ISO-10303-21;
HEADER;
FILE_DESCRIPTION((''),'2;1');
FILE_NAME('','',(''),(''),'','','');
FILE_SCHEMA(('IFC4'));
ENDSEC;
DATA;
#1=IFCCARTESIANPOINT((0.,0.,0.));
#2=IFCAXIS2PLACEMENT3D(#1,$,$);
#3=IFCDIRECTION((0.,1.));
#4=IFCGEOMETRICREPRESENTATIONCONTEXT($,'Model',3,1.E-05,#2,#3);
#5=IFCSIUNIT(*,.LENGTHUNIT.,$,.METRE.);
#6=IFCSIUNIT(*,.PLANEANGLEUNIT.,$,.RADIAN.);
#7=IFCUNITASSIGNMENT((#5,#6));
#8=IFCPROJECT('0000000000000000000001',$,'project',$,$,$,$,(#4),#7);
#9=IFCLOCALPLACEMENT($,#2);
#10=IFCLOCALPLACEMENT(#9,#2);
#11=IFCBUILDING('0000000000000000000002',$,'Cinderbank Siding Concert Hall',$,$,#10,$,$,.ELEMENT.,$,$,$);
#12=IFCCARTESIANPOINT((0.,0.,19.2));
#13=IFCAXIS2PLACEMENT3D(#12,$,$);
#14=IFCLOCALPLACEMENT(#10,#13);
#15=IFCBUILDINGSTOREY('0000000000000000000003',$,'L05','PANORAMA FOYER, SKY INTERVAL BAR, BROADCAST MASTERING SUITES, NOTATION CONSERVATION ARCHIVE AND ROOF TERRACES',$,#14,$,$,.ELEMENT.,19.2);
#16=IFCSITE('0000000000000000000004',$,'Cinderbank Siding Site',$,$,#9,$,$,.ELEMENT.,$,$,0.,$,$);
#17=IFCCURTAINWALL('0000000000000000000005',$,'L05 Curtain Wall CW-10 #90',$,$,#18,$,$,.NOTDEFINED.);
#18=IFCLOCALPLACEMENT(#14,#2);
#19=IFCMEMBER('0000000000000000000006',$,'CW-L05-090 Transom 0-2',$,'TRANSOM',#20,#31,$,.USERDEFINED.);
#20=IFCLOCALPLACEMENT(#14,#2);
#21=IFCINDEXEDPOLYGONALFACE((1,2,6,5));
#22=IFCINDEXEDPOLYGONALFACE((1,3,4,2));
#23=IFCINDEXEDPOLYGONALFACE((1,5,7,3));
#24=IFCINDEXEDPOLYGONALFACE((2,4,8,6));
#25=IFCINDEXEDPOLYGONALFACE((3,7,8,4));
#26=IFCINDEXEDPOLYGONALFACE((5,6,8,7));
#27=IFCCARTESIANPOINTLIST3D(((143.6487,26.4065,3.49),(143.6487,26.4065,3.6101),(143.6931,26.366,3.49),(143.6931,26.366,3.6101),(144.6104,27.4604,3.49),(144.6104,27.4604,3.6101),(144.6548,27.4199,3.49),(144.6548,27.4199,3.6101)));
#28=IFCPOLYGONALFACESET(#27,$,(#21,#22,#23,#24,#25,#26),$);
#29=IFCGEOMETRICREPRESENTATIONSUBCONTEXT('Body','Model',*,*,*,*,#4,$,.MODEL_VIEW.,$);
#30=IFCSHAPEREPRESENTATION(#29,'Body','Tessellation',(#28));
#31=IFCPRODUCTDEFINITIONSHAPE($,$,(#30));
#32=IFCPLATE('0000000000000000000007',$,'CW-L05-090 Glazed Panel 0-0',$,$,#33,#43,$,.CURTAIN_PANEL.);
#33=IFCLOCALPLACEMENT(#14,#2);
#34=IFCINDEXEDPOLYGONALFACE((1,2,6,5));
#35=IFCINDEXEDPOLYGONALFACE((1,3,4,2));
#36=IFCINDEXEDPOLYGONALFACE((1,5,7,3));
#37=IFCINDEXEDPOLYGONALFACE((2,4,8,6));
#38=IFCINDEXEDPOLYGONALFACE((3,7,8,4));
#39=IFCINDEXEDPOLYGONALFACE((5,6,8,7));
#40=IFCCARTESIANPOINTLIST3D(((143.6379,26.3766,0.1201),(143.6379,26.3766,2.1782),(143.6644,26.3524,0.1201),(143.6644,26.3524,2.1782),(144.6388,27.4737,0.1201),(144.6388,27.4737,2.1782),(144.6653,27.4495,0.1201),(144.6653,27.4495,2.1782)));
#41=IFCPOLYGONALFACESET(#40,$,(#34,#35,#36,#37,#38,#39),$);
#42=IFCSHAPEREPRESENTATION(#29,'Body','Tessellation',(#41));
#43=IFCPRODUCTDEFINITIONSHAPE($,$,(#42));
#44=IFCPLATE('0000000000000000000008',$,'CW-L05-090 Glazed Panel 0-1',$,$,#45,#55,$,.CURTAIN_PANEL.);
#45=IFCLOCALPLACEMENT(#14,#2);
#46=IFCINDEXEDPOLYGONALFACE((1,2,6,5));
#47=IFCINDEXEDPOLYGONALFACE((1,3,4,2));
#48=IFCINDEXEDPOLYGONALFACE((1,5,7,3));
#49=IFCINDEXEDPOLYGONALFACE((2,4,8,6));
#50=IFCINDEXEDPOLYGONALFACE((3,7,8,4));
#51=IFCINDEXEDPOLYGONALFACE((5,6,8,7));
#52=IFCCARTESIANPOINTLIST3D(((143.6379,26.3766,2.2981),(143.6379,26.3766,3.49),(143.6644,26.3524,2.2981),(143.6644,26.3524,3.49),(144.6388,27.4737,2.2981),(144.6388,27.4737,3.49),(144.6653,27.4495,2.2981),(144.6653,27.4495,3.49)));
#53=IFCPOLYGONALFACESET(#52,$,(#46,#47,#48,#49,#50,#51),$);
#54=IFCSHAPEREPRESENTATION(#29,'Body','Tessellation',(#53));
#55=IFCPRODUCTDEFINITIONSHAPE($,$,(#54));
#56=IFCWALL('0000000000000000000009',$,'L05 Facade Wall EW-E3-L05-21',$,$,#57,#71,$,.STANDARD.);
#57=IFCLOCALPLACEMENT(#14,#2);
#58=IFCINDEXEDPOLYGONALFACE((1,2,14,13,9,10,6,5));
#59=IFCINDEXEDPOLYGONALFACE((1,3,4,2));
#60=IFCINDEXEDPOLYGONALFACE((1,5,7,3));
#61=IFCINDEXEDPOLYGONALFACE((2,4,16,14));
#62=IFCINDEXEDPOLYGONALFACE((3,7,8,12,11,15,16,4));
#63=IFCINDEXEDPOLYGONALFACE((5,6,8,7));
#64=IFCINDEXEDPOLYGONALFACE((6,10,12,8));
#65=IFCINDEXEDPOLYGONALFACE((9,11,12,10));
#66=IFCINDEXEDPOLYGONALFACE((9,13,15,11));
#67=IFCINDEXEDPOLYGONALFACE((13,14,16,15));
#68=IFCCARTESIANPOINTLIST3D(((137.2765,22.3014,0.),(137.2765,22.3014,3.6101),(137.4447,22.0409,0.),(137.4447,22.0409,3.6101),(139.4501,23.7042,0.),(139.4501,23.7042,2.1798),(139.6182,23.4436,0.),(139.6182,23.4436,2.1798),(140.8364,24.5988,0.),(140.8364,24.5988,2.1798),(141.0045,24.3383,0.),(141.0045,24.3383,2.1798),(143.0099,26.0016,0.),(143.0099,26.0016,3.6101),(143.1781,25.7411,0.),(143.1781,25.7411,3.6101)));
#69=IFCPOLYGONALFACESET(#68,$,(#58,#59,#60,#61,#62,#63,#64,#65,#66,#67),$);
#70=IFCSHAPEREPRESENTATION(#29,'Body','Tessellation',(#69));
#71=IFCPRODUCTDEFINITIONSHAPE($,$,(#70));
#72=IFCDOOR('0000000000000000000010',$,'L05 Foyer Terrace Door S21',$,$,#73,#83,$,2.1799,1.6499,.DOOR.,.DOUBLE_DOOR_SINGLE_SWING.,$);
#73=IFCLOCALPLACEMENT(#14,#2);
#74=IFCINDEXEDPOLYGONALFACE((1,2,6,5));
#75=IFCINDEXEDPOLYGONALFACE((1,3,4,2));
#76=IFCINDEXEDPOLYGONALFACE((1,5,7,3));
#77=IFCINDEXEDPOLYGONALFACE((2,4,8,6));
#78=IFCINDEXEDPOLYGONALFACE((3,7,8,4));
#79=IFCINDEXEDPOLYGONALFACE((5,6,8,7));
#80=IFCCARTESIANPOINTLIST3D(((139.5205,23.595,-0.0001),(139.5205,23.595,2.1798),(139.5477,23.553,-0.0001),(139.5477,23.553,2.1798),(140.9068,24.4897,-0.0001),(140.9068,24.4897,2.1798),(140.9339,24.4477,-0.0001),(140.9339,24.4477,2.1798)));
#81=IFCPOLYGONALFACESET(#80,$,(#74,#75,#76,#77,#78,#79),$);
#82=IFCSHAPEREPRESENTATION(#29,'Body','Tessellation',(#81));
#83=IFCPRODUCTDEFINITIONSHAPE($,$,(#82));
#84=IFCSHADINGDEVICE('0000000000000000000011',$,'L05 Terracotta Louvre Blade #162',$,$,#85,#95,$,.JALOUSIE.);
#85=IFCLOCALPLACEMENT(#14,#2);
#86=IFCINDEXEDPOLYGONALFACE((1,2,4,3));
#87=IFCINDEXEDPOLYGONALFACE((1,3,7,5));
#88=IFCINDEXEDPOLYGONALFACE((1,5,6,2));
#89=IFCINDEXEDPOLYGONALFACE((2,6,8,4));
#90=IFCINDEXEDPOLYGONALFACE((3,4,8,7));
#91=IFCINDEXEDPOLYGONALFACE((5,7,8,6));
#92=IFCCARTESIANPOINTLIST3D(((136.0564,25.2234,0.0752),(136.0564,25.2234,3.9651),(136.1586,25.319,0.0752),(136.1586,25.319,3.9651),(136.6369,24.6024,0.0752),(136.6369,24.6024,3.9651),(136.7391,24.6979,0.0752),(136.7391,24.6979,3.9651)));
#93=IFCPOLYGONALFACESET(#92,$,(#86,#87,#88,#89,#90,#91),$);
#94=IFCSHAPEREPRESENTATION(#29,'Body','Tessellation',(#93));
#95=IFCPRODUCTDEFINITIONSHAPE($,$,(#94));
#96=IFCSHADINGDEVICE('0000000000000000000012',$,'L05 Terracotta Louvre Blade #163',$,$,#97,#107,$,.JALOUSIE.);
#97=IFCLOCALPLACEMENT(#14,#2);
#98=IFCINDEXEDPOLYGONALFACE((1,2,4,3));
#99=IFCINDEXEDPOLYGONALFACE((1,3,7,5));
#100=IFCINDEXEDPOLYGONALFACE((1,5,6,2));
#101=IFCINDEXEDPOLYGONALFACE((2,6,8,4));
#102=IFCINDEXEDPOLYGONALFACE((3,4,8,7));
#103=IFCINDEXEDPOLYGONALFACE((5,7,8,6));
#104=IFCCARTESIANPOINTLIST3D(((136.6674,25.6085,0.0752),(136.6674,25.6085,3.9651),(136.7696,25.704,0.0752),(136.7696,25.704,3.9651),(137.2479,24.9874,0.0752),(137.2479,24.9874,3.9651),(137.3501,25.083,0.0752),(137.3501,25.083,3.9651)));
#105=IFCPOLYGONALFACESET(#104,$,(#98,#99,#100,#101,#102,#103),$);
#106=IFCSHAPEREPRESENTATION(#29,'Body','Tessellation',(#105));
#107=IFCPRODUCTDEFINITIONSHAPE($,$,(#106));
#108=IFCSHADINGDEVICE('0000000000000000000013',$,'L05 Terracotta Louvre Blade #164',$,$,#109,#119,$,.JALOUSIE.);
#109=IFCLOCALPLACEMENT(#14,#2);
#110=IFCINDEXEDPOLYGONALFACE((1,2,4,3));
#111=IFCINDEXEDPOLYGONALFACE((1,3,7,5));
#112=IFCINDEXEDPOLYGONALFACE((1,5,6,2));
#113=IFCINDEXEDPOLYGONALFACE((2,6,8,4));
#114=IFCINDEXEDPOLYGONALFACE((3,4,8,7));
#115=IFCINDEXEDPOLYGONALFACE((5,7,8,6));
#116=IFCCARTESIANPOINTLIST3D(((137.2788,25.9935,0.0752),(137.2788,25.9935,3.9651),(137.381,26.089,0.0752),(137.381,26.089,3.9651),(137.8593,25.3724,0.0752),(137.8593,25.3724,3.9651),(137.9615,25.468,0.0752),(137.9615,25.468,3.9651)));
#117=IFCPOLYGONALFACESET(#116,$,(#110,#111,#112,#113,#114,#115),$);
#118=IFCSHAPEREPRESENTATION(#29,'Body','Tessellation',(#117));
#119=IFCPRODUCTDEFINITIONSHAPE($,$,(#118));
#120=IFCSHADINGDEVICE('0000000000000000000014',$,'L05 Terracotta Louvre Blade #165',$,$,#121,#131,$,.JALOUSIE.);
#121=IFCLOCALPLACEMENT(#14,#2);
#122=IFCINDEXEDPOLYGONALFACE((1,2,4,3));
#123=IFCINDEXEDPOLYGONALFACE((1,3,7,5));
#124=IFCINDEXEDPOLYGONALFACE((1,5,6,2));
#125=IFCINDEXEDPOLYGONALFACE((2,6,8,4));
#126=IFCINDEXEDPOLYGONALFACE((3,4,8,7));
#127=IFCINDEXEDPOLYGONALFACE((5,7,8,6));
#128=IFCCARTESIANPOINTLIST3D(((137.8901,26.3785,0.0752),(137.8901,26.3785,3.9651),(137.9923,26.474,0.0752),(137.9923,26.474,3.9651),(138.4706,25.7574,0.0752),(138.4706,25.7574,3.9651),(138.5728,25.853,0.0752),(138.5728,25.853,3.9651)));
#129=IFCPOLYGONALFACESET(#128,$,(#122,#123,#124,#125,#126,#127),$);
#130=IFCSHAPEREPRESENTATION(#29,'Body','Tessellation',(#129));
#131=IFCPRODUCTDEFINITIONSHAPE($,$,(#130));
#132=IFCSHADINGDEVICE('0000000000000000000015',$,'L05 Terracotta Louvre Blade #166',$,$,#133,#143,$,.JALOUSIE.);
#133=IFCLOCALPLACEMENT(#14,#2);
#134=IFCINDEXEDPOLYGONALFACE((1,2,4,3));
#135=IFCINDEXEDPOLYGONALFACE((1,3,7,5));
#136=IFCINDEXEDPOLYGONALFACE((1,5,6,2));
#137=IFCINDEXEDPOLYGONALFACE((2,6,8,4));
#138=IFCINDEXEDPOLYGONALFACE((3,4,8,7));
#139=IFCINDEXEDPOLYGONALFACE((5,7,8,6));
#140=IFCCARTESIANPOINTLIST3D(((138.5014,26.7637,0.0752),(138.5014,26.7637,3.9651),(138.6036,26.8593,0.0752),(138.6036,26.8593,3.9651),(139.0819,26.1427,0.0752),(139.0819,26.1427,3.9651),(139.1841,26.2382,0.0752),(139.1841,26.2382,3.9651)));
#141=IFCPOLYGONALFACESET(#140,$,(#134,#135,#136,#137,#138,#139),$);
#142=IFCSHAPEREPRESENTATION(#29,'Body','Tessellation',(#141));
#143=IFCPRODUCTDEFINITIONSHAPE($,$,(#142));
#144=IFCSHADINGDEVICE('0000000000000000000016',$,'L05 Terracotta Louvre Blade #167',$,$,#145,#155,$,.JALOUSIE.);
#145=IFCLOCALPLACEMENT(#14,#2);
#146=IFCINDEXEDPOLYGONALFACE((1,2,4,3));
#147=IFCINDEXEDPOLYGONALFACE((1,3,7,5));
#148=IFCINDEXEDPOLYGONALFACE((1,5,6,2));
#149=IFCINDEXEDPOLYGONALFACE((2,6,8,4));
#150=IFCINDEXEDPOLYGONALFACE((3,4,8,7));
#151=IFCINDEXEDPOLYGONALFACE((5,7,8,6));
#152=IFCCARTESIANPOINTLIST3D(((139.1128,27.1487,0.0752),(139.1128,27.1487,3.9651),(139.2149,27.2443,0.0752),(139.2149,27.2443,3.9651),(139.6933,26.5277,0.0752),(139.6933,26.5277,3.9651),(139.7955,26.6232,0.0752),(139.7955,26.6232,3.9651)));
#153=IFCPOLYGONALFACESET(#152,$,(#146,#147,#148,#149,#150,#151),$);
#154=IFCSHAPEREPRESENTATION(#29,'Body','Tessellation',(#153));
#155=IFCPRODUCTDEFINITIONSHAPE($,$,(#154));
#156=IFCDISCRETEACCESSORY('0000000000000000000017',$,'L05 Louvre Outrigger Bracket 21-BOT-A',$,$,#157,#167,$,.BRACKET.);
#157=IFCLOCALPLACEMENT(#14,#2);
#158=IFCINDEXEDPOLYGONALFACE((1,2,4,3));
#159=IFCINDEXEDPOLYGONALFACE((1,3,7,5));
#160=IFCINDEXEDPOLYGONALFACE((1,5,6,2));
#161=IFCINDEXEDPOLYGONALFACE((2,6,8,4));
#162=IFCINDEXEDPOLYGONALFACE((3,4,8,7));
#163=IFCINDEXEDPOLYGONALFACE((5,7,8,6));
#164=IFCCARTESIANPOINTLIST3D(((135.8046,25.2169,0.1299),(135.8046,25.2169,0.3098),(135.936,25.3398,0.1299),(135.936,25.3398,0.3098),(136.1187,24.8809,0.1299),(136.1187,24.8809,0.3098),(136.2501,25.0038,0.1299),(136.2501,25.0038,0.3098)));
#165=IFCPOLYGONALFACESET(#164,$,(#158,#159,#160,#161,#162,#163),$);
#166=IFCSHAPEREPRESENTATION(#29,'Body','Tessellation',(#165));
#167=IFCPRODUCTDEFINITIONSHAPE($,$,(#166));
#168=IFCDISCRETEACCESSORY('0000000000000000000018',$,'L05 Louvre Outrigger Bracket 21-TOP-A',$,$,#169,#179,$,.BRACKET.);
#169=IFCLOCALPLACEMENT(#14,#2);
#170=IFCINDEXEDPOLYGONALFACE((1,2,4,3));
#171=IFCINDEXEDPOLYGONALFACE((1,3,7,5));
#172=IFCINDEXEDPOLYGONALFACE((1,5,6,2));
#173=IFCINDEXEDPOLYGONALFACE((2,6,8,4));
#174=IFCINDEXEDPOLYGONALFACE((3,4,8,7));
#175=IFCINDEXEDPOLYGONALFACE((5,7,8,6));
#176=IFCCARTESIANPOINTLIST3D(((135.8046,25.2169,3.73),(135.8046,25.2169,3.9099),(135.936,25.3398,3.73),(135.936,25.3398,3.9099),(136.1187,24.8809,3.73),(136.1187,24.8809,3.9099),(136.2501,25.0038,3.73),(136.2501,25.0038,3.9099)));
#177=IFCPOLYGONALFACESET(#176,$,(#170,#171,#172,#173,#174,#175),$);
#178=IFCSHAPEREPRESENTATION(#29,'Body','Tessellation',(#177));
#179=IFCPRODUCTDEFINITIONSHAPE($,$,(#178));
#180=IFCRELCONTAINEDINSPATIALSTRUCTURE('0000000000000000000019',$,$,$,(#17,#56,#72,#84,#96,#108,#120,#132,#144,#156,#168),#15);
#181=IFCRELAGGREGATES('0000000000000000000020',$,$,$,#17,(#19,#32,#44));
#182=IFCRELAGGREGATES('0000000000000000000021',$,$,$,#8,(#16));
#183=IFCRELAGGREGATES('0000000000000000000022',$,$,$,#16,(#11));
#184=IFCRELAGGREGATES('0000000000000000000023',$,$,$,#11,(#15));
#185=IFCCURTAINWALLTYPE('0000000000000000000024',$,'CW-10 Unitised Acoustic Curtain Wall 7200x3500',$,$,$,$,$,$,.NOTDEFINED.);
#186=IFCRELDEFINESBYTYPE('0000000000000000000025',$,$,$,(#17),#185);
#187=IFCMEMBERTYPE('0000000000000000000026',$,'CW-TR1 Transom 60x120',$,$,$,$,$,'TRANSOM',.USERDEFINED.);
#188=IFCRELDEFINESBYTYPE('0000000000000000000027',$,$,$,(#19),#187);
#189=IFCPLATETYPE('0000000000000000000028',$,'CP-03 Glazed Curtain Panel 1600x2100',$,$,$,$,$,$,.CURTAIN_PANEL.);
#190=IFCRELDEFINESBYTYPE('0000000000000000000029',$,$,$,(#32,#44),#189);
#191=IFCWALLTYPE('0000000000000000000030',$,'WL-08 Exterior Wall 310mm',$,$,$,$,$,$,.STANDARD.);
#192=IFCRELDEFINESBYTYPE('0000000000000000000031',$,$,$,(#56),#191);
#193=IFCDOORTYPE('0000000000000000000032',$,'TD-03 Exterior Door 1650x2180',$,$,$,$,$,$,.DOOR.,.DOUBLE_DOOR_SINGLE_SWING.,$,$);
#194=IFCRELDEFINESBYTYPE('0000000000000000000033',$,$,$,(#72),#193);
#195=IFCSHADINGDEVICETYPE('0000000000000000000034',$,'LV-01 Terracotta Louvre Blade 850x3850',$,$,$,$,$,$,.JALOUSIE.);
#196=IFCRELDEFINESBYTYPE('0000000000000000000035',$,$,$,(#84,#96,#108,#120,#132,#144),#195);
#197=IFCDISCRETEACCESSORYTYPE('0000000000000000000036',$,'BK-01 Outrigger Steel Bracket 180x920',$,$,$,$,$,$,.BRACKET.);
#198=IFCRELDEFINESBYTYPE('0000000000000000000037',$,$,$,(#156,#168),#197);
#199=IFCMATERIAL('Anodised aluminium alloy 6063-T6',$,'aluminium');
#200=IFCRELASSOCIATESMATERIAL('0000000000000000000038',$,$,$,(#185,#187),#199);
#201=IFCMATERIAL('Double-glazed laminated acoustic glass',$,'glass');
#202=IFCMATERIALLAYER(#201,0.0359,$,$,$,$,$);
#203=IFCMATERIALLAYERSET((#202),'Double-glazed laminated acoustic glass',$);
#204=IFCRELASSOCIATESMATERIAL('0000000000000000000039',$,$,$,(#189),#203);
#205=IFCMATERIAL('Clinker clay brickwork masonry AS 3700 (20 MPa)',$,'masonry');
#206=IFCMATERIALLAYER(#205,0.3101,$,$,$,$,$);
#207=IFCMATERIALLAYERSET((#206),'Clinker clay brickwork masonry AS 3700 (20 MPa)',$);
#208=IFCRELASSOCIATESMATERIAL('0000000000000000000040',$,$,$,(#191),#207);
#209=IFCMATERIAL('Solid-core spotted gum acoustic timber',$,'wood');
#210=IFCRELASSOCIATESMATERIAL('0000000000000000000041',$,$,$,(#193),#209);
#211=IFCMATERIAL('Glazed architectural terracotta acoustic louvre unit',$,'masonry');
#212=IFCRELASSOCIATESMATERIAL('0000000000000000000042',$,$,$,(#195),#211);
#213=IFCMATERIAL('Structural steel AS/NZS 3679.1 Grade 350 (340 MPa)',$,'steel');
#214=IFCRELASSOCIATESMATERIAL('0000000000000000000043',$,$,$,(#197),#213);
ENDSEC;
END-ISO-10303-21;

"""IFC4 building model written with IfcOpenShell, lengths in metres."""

from ifc_helpers import new_model, si_unit, direction, frame, frame_2d, origin, origin_2d, place, context, subcontext, project, spatial, rectangle, extrude, material, layer, layer_set, material_profile, profile_set, type_object, element, fill, aggregate, save


model = new_model("IFC4")

# Units and contexts
model_context = context("Model", 3, precision=1e-05, world=origin(), true_north=direction((0.0, 1.0)))
body_context = subcontext(model_context, "Body", "Model", "MODEL_VIEW")
ifc_project = project(units=[si_unit("LENGTHUNIT", "METRE"), si_unit("PLANEANGLEUNIT", "RADIAN")], contexts=[model_context])

# Site, building, storey
site_placement = place(None, origin())
site = spatial("IfcSite", under=ifc_project, at=site_placement, Name="Cinderbank Siding Site", CompositionType="ELEMENT", RefElevation=0.0)
building_placement = place(site_placement, origin())
building = spatial("IfcBuilding", under=site, at=building_placement, Name="Cinderbank Siding Concert Hall", CompositionType="ELEMENT")
storey_placement = place(building_placement, frame((0.0, 0.0, 19.2)))
storey = spatial("IfcBuildingStorey", under=building, at=storey_placement, Name="L05", Description="PANORAMA FOYER, SKY INTERVAL BAR, BROADCAST MASTERING SUITES, NOTATION CONSERVATION ARCHIVE AND ROOF TERRACES", CompositionType="ELEMENT", Elevation=19.2)

# Shared definitions
ifc_material_1 = material(Name="Structural steel AS/NZS 3679.1 Grade 350 (340 MPa)", Category="steel")

# Curtain wall
ifc_material_2 = material(Name="Anodised aluminium alloy 6063-T6", Category="aluminium")
curtain_wall_type_1 = type_object("IfcCurtainWallType", Name="CW-10 Unitised Acoustic Curtain Wall 7200x3500", PredefinedType="NOTDEFINED", material=ifc_material_2)
curtain_wall_1_placement = place(storey_placement, origin())
curtain_wall_1 = element("IfcCurtainWall", 1, at=curtain_wall_1_placement, inside=storey, type_object=curtain_wall_type_1, Name="L05 Curtain Wall CW-10 #90", PredefinedType="NOTDEFINED")

# Member
ifc_material_profile_1 = material_profile(ifc_material_2, rectangle(XDim=0.0601, YDim=0.1201, at=origin_2d()), Name="ALU-TRAN-60x120", Category="LoadBearing")
ifc_profile_set_1 = profile_set([ifc_material_profile_1], Name="Anodised aluminium alloy 6063-T6")
member_type_1 = type_object("IfcMemberType", Name="CW-TR1 Transom 60x120", ElementType="TRANSOM", PredefinedType="USERDEFINED", material=ifc_profile_set_1)
member_1_placement = place(storey_placement, frame((143.6709, 26.3862, 3.55), z_axis=(0.674026, 0.738708, 0.0), x_axis=(-0.738708, 0.674026, 0.0)))
member_1 = element("IfcMember", 2, at=member_1_placement, type_object=member_type_1, Name="CW-L05-090 Transom 0-2", ObjectType="TRANSOM", PredefinedType="USERDEFINED", context=body_context, shape_type="SweptSolid", body=[
    extrude(rectangle(XDim=0.0601, YDim=0.1201, at=origin_2d()), origin(), (0.0, 0.0, 1.0), 1.4268),
])

# Plates
ifc_material_3 = material(Name="Double-glazed laminated acoustic glass", Category="glass")
ifc_layer_1 = layer(ifc_material_3, 0.0359)
ifc_layer_set_1 = layer_set([ifc_layer_1], Name="Double-glazed laminated acoustic glass")
plate_type = type_object("IfcPlateType", Name="CP-03 Glazed Curtain Panel 1600x2100", PredefinedType="CURTAIN_PANEL", material=ifc_layer_set_1)
plate_1_placement = place(storey_placement, frame((144.1516, 26.9131, 0.1201), z_axis=(0.0, 0.0, 1.0), x_axis=(0.673989, 0.738742, 0.0)))
plate_1 = element("IfcPlate", 3, at=plate_1_placement, type_object=plate_type, Name="CW-L05-090 Glazed Panel 0-0", PredefinedType="CURTAIN_PANEL", context=body_context, shape_type="SweptSolid", body=[
    extrude(rectangle(XDim=1.4851, YDim=0.0359, at=origin_2d()), origin(), (0.0, 0.0, 1.0), 2.0581),
])
plate_2_placement = place(storey_placement, frame((144.1516, 26.9131, 2.2981), z_axis=(0.0, 0.0, 1.0), x_axis=(0.673989, 0.738742, 0.0)))
plate_2 = element("IfcPlate", 4, at=plate_2_placement, type_object=plate_type, Name="CW-L05-090 Glazed Panel 0-1", PredefinedType="CURTAIN_PANEL", context=body_context, shape_type="SweptSolid", body=[
    extrude(rectangle(XDim=1.4851, YDim=0.0359, at=origin_2d()), origin(), (0.0, 0.0, 1.0), 1.1919),
])
aggregate(curtain_wall_1, [member_1, plate_1, plate_2])

# Wall, opening, door
ifc_material_4 = material(Name="Clinker clay brickwork masonry AS 3700 (20 MPa)", Category="masonry")
ifc_layer_2 = layer(ifc_material_4, 0.3101)
ifc_layer_set_2 = layer_set([ifc_layer_2], Name="Clinker clay brickwork masonry AS 3700 (20 MPa)")
wall_type = type_object("IfcWallType", Name="WL-08 Exterior Wall 310mm", PredefinedType="STANDARD", material=ifc_layer_set_2)
wall_placement = place(storey_placement, frame((143.094, 25.8713, 0.0), z_axis=(0.0, 0.0, 1.0), x_axis=(-0.840215, -0.542254, 0.0)))
wall = element("IfcWall", 5, at=wall_placement, inside=storey, type_object=wall_type, Name="L05 Facade Wall EW-E3-L05-21", PredefinedType="STANDARD", context=body_context, shape_type="SweptSolid", body=[
    extrude(rectangle(XDim=6.8237, YDim=0.3101, at=frame_2d((3.4119, 0.0))), origin(), (0.0, 0.0, 1.0), 3.6101),
])
opening_placement = place(wall_placement, frame((2.5869, 0.0, 0.0)))
opening = element("IfcOpeningElement", 6, at=opening_placement, cuts=wall, PredefinedType="OPENING", context=body_context, shape_type="SweptSolid", body=[
    extrude(rectangle(XDim=1.6499, YDim=2.1799, at=frame_2d((0.825, 1.0898))), frame((0.0, 0.167, 0.0), z_axis=(0.0, -1.0, 0.0), x_axis=(1.0, 0.0, 0.0)), (0.0, 0.0, 1.0), 0.334),
])
ifc_material_5 = material(Name="Solid-core spotted gum acoustic timber", Category="wood")
door_type = type_object("IfcDoorType", Name="TD-03 Exterior Door 1650x2180", OperationType="DOUBLE_DOOR_SINGLE_SWING", PredefinedType="DOOR", material=ifc_material_5)
door_placement = place(opening_placement, origin())
door = element("IfcDoor", 7, at=door_placement, inside=storey, type_object=door_type, Name="L05 Foyer Terrace Door S21", OperationType="DOUBLE_DOOR_SINGLE_SWING", OverallHeight=2.1799, OverallWidth=1.6499, PredefinedType="DOOR", context=body_context, shape_type="SweptSolid", body=[
    extrude(rectangle(XDim=1.6499, YDim=2.1799, at=frame_2d((0.825, 1.0898))), frame((0.0, 0.0249, 0.0), z_axis=(0.0, -1.0, 0.0), x_axis=(1.0, 0.0, 0.0)), (0.0, 0.0, 1.0), 0.05),
])
fill(opening, door)

# Shading devices
ifc_material_6 = material(Name="Glazed architectural terracotta acoustic louvre unit", Category="masonry")
shading_device_type = type_object("IfcShadingDeviceType", Name="LV-01 Terracotta Louvre Blade 850x3850", PredefinedType="JALOUSIE", material=ifc_material_6)
for number, where, z_axis, x_axis, name in (
    (8, (136.3977, 24.9607, 0.0752), (0.0, 0.0, 1.0), (0.682869, -0.730541, 0.0), "L05 Terracotta Louvre Blade #162"),
    (9, (137.0088, 25.3457, 0.0752), (0.0, 0.0, 1.0), (0.682869, -0.730541, 0.0), "L05 Terracotta Louvre Blade #163"),
    (10, (137.6201, 25.7307, 0.0752), (0.0, 0.0, 1.0), (0.682869, -0.730541, 0.0), "L05 Terracotta Louvre Blade #164"),
    (11, (138.2314, 26.1157, 0.0752), (0.0, 0.0, 1.0), (0.682869, -0.730541, 0.0), "L05 Terracotta Louvre Blade #165"),
    (12, (138.8428, 26.501, 0.0752), (0.0, 0.0, 1.0), (0.682869, -0.730541, 0.0), "L05 Terracotta Louvre Blade #166"),
    (13, (139.4541, 26.886, 0.0752), (0.0, 0.0, 1.0), (0.682869, -0.730541, 0.0), "L05 Terracotta Louvre Blade #167"),
):
    element("IfcShadingDevice", number, at=place(storey_placement, frame(where, z_axis=z_axis, x_axis=x_axis)), inside=storey, type_object=shading_device_type, Name=name, PredefinedType="JALOUSIE", context=body_context, shape_type="SweptSolid", body=[
        extrude(rectangle(XDim=0.8501, YDim=0.1399, at=origin_2d()), origin(), (0.0, 0.0, 1.0), 3.8899),
    ])

# Discrete accessories
discrete_accessory_type = type_object("IfcDiscreteAccessoryType", Name="BK-01 Outrigger Steel Bracket 180x920", PredefinedType="BRACKET", material=ifc_material_1)
for number, where, z_axis, x_axis, name in (
    (14, (136.0273, 25.1104, 0.1299), (0.0, 0.0, 1.0), (0.682869, -0.730541, 0.0), "L05 Louvre Outrigger Bracket 21-BOT-A"),
    (15, (136.0273, 25.1104, 3.73), (0.0, 0.0, 1.0), (0.682869, -0.730541, 0.0), "L05 Louvre Outrigger Bracket 21-TOP-A"),
):
    element("IfcDiscreteAccessory", number, at=place(storey_placement, frame(where, z_axis=z_axis, x_axis=x_axis)), inside=storey, type_object=discrete_accessory_type, Name=name, PredefinedType="BRACKET", context=body_context, shape_type="SweptSolid", body=[
        extrude(rectangle(XDim=0.46, YDim=0.1799, at=origin_2d()), origin(), (0.0, 0.0, 1.0), 0.1799),
    ])

save(model, "model.ifc")
